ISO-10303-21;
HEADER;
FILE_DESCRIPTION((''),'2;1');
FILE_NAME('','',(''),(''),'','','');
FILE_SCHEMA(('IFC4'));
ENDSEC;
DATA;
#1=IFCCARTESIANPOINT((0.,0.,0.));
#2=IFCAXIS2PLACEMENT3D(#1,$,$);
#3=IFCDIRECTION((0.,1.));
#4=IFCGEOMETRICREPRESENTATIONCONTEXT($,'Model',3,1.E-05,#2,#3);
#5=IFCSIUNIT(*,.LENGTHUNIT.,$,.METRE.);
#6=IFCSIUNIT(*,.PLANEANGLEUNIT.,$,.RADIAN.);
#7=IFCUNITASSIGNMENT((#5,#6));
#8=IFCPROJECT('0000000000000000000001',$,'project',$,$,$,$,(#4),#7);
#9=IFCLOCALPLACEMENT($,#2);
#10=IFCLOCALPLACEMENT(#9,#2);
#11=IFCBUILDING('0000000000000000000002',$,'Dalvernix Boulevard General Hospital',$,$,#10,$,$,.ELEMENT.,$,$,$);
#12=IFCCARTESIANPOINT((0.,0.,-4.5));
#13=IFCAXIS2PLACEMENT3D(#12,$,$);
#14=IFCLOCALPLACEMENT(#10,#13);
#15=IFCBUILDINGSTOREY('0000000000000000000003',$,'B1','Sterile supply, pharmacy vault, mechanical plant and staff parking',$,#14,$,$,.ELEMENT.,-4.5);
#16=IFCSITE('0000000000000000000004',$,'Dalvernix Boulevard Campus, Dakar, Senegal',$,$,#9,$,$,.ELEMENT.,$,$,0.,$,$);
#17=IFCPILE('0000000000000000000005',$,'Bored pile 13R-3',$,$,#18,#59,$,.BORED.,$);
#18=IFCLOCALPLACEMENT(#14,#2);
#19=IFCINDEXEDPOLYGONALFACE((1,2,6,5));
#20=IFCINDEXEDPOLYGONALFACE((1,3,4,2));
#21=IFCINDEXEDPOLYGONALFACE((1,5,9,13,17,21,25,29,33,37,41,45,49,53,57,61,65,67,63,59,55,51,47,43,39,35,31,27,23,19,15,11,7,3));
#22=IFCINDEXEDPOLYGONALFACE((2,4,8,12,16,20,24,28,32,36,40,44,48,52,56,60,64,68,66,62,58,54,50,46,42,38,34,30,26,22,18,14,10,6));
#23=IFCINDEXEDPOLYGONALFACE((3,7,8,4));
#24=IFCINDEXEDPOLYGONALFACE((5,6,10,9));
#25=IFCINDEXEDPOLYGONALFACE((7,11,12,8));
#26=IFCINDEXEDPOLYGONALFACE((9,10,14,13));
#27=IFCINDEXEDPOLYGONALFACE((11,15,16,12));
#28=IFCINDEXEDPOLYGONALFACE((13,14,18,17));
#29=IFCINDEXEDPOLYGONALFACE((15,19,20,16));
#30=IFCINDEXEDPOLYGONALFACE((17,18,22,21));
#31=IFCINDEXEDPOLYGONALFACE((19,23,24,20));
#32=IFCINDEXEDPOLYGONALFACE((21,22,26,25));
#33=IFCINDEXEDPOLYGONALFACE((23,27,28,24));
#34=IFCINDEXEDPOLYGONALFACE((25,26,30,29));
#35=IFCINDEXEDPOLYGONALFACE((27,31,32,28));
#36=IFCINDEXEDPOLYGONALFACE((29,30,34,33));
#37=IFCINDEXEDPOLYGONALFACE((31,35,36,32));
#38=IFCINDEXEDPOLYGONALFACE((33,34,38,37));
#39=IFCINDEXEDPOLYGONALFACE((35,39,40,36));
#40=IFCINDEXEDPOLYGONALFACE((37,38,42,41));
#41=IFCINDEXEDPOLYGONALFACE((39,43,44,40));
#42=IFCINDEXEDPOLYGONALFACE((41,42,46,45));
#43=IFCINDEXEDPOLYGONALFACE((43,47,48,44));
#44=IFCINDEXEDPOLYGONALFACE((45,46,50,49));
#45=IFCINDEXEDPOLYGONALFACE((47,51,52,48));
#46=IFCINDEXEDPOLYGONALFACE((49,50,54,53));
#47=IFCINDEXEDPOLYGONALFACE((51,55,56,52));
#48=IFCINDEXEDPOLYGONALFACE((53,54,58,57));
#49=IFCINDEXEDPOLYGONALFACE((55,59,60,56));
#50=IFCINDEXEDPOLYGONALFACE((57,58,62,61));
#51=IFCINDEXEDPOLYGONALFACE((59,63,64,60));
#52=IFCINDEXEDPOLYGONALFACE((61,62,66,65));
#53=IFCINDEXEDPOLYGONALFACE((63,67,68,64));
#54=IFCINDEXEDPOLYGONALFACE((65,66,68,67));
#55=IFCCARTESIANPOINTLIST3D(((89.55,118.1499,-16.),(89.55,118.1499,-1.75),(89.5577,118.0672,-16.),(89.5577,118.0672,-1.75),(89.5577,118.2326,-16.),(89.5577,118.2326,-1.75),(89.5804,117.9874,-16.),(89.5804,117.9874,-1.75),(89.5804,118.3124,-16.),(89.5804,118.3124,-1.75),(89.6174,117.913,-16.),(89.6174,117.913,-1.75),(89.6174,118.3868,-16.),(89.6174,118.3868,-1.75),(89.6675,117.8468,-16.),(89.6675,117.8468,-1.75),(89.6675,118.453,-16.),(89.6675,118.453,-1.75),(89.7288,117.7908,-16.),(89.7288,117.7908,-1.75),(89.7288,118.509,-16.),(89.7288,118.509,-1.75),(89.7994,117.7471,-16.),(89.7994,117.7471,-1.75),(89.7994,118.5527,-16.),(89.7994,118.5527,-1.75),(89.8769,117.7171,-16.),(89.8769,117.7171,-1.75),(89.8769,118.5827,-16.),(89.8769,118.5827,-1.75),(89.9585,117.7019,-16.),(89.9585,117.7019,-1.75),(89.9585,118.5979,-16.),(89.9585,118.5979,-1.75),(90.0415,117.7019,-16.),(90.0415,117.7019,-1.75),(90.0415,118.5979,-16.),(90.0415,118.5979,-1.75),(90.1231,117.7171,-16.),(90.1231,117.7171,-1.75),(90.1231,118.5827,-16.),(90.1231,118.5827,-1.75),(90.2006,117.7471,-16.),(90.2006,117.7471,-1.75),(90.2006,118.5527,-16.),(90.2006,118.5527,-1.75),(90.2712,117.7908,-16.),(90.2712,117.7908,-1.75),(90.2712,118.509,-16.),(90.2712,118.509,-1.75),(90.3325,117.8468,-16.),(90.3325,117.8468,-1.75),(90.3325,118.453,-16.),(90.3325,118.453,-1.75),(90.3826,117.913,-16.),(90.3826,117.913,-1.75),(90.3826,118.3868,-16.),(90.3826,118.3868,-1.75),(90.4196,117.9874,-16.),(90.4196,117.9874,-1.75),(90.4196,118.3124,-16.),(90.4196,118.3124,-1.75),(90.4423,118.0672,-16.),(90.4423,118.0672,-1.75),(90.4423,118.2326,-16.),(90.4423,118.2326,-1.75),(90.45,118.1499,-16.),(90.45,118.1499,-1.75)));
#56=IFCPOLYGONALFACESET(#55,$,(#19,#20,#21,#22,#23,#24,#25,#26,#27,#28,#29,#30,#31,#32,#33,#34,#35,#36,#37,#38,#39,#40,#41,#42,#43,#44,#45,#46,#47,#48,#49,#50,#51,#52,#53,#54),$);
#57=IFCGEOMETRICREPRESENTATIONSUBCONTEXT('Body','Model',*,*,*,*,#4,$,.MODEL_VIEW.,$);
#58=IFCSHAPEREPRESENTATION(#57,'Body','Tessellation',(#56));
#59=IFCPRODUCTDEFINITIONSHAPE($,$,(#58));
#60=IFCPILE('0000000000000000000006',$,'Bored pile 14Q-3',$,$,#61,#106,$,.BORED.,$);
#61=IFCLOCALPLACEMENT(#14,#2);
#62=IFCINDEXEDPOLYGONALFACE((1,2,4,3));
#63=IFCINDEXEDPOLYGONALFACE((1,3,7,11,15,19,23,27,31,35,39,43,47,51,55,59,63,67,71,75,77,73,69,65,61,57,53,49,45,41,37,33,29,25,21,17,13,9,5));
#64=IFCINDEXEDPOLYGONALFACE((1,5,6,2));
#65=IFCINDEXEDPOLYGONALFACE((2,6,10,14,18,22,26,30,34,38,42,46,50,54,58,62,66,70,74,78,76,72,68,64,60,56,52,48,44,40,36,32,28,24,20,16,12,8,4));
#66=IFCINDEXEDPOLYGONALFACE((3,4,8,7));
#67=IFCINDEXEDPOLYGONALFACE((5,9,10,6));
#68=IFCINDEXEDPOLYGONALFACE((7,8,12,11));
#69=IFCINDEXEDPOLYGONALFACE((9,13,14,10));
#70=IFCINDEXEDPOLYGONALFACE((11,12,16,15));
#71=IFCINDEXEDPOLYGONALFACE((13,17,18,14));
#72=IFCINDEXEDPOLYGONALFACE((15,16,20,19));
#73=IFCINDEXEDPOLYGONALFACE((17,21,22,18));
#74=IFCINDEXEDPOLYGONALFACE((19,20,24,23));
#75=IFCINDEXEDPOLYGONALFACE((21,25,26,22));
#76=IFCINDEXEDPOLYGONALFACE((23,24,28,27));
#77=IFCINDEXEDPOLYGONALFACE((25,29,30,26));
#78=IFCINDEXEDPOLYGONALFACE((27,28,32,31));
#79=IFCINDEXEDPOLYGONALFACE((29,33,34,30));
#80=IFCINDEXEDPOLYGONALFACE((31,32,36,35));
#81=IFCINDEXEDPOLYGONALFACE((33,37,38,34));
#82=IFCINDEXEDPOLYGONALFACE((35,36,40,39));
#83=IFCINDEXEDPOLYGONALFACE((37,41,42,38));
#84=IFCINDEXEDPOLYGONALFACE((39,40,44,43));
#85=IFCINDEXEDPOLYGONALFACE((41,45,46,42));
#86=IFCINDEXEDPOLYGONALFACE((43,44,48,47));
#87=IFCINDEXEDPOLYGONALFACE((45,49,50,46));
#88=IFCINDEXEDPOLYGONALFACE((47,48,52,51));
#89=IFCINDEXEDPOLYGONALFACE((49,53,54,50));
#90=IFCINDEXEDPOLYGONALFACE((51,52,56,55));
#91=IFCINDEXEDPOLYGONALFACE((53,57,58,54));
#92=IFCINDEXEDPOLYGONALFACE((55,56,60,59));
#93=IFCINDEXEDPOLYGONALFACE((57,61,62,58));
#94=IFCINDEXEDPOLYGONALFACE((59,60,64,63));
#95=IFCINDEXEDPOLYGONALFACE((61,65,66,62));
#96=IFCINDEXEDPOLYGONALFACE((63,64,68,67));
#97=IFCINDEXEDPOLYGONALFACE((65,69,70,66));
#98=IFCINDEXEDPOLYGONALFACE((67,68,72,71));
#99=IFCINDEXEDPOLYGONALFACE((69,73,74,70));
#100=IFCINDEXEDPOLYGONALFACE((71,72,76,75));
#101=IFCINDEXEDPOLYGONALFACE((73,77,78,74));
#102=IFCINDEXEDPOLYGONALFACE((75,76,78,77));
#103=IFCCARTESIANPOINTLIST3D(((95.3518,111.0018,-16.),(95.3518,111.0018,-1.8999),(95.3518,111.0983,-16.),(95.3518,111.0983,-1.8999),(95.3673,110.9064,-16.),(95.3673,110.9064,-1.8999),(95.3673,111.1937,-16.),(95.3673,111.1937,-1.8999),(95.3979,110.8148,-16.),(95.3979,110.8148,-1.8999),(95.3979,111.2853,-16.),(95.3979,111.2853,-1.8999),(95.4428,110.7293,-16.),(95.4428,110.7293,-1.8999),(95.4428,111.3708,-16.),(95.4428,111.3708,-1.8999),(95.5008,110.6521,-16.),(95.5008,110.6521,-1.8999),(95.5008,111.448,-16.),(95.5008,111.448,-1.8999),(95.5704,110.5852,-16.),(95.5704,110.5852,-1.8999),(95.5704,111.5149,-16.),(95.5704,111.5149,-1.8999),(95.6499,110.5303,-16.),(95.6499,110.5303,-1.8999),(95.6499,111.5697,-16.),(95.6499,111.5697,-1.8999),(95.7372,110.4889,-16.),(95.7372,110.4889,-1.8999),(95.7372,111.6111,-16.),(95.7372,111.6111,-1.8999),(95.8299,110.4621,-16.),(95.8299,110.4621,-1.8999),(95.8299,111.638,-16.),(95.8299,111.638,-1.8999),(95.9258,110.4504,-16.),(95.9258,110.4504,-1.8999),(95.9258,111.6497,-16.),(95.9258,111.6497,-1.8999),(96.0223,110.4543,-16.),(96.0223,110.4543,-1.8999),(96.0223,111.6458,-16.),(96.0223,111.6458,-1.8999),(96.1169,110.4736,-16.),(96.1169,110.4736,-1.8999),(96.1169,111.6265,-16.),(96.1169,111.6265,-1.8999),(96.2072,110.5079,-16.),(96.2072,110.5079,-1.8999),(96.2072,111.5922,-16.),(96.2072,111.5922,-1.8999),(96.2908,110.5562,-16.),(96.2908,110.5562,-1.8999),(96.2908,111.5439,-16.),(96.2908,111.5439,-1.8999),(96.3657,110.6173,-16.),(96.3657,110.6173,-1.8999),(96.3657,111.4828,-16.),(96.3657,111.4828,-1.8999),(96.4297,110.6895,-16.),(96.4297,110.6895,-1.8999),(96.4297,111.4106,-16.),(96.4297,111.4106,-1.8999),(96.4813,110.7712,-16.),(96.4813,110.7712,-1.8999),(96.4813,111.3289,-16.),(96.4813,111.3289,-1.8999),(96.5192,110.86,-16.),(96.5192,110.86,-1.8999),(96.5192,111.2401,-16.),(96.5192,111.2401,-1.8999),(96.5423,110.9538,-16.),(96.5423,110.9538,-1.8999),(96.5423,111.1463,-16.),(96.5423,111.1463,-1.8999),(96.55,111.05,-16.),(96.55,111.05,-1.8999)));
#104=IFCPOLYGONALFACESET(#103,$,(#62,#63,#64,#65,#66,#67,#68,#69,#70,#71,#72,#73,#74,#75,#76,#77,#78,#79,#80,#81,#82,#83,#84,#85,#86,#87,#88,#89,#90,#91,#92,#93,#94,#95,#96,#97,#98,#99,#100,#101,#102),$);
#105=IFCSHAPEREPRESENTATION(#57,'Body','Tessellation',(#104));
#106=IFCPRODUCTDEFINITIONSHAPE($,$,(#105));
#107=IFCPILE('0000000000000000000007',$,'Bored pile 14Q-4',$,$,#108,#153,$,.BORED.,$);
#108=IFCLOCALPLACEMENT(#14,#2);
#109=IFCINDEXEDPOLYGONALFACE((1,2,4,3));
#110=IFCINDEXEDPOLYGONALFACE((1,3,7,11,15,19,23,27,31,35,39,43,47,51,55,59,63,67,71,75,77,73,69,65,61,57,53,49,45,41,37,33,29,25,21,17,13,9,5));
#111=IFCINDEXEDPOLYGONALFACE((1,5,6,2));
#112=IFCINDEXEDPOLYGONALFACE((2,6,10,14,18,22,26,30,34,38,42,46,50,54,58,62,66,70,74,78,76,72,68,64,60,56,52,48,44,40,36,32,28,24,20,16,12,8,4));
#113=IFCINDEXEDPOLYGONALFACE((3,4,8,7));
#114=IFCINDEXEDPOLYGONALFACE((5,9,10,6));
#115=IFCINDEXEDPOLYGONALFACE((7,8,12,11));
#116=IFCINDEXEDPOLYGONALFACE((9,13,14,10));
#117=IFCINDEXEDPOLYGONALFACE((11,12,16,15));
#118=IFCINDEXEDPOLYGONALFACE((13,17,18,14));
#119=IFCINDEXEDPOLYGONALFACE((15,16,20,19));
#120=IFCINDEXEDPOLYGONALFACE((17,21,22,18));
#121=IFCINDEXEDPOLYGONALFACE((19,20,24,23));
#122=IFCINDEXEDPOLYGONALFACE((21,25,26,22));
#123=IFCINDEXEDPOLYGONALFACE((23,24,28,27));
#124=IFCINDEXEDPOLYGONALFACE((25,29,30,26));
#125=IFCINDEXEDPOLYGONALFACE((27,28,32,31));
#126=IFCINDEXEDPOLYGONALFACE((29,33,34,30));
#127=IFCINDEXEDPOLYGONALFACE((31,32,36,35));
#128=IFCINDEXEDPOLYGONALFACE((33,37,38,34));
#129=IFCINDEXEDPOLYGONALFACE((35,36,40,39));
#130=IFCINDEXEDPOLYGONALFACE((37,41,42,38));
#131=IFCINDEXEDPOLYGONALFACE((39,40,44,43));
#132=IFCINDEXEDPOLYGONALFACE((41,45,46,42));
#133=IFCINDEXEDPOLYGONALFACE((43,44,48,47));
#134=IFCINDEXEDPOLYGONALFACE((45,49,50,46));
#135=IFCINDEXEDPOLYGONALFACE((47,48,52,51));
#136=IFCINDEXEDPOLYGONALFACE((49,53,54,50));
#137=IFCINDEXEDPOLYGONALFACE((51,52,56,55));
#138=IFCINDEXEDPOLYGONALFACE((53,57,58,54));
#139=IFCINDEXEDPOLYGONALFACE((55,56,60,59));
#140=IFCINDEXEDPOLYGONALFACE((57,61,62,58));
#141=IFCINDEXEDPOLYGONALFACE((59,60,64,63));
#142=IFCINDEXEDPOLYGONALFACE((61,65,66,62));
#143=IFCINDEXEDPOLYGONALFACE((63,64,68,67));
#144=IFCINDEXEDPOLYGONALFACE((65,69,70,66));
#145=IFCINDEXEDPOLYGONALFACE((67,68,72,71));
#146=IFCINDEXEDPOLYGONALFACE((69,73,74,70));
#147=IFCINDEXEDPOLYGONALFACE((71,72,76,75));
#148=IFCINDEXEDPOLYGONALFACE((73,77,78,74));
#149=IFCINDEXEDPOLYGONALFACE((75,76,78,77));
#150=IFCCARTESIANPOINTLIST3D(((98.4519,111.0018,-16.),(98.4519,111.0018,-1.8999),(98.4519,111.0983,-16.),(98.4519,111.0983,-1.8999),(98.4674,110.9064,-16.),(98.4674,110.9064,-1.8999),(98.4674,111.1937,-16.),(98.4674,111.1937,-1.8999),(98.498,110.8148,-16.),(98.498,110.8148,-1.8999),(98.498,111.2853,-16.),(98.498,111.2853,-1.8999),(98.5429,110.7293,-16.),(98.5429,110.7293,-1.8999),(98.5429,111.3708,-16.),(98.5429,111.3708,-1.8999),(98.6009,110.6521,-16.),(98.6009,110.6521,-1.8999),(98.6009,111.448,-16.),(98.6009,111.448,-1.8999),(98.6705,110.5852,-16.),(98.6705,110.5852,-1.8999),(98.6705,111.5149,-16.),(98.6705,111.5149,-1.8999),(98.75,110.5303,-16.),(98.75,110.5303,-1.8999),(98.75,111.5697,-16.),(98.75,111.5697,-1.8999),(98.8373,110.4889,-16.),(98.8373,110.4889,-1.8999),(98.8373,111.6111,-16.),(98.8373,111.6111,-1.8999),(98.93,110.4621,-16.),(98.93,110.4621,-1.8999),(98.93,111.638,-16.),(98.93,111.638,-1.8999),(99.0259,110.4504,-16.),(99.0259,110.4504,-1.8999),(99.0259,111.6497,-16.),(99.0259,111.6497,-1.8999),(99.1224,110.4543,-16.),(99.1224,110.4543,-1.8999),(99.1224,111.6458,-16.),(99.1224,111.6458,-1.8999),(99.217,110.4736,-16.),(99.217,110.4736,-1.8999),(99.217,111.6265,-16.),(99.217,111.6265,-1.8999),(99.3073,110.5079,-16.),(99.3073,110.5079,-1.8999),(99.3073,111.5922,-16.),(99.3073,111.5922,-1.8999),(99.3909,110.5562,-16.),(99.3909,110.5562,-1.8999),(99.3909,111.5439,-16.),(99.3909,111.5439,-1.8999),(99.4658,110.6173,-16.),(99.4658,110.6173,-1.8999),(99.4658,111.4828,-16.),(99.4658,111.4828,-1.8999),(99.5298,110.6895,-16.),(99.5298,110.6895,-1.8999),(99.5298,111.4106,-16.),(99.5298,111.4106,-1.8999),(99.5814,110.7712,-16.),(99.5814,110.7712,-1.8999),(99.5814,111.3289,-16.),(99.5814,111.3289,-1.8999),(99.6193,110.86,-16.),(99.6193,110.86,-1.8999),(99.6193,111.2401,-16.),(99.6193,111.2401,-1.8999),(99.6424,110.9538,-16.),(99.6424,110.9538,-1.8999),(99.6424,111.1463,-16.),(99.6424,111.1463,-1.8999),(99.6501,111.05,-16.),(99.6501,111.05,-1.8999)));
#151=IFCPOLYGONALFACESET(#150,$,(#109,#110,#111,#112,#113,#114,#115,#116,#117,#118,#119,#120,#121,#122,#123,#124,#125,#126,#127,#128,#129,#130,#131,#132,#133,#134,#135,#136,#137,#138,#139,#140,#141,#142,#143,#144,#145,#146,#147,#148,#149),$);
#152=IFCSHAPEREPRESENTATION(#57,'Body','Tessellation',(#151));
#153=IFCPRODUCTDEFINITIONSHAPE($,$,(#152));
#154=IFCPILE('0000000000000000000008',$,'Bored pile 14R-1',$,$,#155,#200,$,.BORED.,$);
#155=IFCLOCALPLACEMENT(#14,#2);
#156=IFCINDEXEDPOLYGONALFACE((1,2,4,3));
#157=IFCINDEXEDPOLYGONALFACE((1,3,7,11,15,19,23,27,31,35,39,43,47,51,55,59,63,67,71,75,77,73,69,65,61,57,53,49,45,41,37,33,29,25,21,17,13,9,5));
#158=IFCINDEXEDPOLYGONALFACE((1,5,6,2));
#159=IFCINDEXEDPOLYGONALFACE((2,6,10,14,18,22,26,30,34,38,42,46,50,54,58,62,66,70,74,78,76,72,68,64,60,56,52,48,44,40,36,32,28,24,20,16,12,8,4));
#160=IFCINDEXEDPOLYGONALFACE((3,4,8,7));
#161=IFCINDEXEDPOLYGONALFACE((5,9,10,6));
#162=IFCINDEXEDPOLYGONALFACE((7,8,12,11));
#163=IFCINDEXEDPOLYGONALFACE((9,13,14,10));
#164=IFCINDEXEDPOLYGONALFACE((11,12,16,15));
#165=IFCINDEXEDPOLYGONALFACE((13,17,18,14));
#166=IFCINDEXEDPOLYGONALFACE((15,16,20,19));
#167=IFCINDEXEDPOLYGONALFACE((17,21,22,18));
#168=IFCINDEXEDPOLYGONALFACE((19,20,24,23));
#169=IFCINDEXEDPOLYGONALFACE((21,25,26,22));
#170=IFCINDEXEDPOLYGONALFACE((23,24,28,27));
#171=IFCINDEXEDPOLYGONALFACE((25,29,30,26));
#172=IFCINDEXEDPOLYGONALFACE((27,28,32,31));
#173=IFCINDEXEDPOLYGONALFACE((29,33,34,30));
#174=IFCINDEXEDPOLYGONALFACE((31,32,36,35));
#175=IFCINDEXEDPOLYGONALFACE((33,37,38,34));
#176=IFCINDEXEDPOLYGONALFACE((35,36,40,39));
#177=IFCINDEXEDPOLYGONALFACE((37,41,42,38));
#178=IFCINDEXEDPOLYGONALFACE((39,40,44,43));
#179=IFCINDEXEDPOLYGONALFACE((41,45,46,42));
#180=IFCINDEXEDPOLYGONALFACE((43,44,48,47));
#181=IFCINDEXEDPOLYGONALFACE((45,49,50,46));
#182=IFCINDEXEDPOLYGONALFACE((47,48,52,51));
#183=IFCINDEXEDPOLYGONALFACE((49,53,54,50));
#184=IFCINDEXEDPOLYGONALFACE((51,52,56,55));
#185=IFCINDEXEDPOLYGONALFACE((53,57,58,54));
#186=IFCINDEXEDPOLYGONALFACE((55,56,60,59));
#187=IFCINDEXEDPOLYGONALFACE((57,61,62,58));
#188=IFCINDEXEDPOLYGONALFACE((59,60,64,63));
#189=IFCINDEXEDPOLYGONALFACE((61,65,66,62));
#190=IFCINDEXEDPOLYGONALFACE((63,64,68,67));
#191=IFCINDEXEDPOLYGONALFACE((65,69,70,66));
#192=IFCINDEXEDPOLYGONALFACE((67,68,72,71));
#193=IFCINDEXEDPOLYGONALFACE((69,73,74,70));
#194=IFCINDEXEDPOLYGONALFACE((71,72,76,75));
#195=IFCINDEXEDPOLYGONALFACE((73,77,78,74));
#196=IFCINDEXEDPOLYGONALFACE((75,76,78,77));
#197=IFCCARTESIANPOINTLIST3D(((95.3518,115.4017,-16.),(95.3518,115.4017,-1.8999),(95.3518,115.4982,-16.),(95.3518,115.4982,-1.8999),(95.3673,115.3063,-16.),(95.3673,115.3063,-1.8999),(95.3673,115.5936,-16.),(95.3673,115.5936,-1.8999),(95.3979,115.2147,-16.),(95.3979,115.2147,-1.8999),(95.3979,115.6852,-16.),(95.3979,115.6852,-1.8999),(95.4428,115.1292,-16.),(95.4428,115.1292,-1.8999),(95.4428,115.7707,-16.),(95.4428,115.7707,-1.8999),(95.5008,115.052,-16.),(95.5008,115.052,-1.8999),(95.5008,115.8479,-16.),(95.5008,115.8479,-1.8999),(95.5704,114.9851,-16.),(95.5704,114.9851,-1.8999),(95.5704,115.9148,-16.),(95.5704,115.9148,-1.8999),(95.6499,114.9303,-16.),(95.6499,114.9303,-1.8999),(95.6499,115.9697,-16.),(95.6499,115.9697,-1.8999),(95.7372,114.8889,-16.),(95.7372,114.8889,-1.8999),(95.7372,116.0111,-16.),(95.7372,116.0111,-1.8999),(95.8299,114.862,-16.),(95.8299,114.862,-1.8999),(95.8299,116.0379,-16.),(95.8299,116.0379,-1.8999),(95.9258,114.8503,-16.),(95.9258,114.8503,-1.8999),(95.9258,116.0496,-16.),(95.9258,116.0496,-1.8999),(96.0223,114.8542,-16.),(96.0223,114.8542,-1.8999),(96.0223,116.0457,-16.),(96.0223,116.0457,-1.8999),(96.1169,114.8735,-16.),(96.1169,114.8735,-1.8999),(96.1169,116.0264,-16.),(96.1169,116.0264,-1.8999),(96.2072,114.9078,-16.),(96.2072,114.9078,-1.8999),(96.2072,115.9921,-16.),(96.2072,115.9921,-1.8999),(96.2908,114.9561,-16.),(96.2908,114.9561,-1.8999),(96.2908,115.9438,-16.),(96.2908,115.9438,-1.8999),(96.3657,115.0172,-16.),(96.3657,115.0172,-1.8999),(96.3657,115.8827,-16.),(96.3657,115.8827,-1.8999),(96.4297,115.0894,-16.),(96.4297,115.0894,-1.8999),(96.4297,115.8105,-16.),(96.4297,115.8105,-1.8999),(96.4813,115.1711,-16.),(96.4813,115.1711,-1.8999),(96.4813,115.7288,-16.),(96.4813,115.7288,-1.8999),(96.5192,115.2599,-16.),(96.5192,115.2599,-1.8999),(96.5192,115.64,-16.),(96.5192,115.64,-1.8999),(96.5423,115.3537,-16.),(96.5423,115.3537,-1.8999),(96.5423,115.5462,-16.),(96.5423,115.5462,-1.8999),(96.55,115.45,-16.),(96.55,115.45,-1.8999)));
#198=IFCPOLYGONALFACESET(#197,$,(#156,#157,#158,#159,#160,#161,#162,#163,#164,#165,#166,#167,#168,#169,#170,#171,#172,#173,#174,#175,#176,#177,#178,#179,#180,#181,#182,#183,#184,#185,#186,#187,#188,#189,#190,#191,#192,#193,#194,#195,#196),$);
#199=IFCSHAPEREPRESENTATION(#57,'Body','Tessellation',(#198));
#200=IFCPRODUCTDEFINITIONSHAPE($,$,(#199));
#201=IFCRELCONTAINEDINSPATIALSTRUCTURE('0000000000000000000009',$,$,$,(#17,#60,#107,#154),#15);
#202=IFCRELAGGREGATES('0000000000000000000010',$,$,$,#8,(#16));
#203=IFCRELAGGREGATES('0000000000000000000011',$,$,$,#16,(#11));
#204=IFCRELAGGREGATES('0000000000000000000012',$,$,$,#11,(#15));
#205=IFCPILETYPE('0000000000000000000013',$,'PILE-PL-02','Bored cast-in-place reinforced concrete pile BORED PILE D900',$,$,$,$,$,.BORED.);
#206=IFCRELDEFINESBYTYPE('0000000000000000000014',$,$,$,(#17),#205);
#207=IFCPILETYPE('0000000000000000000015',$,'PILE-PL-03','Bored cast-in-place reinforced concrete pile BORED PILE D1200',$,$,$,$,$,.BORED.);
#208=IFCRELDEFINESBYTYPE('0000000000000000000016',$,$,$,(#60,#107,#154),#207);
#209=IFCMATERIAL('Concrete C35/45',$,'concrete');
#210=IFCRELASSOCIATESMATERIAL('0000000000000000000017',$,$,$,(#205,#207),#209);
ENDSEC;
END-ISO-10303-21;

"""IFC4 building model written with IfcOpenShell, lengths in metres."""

from ifc_helpers import new_model, si_unit, direction, frame, origin, origin_2d, place, context, subcontext, project, spatial, circle, extrude, material, material_profile, profile_set, type_object, element, save


model = new_model("IFC4")

# Units and contexts
model_context = context("Model", 3, precision=1e-05, world=origin(), true_north=direction((0.0, 1.0)))
body_context = subcontext(model_context, "Body", "Model", "MODEL_VIEW")
ifc_project = project(units=[si_unit("LENGTHUNIT", "METRE"), si_unit("PLANEANGLEUNIT", "RADIAN")], contexts=[model_context])

# Site, building, storey
site_placement = place(None, origin())
site = spatial("IfcSite", under=ifc_project, at=site_placement, Name="Dalvernix Boulevard Campus, Dakar, Senegal", CompositionType="ELEMENT", RefElevation=0.0)
building_placement = place(site_placement, origin())
building = spatial("IfcBuilding", under=site, at=building_placement, Name="Dalvernix Boulevard General Hospital", CompositionType="ELEMENT")
storey_placement = place(building_placement, frame((0.0, 0.0, -4.5)))
storey = spatial("IfcBuildingStorey", under=building, at=storey_placement, Name="B1", Description="Sterile supply, pharmacy vault, mechanical plant and staff parking", CompositionType="ELEMENT", Elevation=-4.5)

# Shared definitions
ifc_material_1 = material(Name="Concrete C35/45", Category="concrete")

# Piles
ifc_material_profile_1 = material_profile(ifc_material_1, circle(Radius=0.45, at=origin_2d()), Name="BORED PILE D900")
ifc_profile_set_1 = profile_set([ifc_material_profile_1], Name="Concrete C35/45")
pile_type_1 = type_object("IfcPileType", Name="PILE-PL-02", Description="Bored cast-in-place reinforced concrete pile BORED PILE D900", PredefinedType="BORED", material=ifc_profile_set_1)
for number, where, z_axis, x_axis, name in (
    (1, (90.0, 118.1499, -1.75), (0.0, 0.0, -1.0), (1.0, 0.0, 0.0), "Bored pile 13R-3"),
):
    element("IfcPile", number, at=place(storey_placement, frame(where, z_axis=z_axis, x_axis=x_axis)), inside=storey, type_object=pile_type_1, Name=name, PredefinedType="BORED", context=body_context, shape_type="SweptSolid", body=[
        extrude(circle(Radius=0.45, at=origin_2d()), origin(), (0.0, 0.0, 1.0), 14.25),
    ])
ifc_material_profile_2 = material_profile(ifc_material_1, circle(Radius=0.6001, at=origin_2d()), Name="BORED PILE D1200")
ifc_profile_set_2 = profile_set([ifc_material_profile_2], Name="Concrete C35/45")
pile_type_2 = type_object("IfcPileType", Name="PILE-PL-03", Description="Bored cast-in-place reinforced concrete pile BORED PILE D1200", PredefinedType="BORED", material=ifc_profile_set_2)
for number, where, z_axis, x_axis, name in (
    (2, (95.95, 111.05, -1.8999), (0.0, 0.0, -1.0), (1.0, 0.0, 0.0), "Bored pile 14Q-3"),
    (3, (99.05, 111.05, -1.8999), (0.0, 0.0, -1.0), (1.0, 0.0, 0.0), "Bored pile 14Q-4"),
    (4, (95.95, 115.45, -1.8999), (0.0, 0.0, -1.0), (1.0, 0.0, 0.0), "Bored pile 14R-1"),
):
    element("IfcPile", number, at=place(storey_placement, frame(where, z_axis=z_axis, x_axis=x_axis)), inside=storey, type_object=pile_type_2, Name=name, PredefinedType="BORED", context=body_context, shape_type="SweptSolid", body=[
        extrude(circle(Radius=0.6001, at=origin_2d()), origin(), (0.0, 0.0, 1.0), 14.1001),
    ])

save(model, "model.ifc")
